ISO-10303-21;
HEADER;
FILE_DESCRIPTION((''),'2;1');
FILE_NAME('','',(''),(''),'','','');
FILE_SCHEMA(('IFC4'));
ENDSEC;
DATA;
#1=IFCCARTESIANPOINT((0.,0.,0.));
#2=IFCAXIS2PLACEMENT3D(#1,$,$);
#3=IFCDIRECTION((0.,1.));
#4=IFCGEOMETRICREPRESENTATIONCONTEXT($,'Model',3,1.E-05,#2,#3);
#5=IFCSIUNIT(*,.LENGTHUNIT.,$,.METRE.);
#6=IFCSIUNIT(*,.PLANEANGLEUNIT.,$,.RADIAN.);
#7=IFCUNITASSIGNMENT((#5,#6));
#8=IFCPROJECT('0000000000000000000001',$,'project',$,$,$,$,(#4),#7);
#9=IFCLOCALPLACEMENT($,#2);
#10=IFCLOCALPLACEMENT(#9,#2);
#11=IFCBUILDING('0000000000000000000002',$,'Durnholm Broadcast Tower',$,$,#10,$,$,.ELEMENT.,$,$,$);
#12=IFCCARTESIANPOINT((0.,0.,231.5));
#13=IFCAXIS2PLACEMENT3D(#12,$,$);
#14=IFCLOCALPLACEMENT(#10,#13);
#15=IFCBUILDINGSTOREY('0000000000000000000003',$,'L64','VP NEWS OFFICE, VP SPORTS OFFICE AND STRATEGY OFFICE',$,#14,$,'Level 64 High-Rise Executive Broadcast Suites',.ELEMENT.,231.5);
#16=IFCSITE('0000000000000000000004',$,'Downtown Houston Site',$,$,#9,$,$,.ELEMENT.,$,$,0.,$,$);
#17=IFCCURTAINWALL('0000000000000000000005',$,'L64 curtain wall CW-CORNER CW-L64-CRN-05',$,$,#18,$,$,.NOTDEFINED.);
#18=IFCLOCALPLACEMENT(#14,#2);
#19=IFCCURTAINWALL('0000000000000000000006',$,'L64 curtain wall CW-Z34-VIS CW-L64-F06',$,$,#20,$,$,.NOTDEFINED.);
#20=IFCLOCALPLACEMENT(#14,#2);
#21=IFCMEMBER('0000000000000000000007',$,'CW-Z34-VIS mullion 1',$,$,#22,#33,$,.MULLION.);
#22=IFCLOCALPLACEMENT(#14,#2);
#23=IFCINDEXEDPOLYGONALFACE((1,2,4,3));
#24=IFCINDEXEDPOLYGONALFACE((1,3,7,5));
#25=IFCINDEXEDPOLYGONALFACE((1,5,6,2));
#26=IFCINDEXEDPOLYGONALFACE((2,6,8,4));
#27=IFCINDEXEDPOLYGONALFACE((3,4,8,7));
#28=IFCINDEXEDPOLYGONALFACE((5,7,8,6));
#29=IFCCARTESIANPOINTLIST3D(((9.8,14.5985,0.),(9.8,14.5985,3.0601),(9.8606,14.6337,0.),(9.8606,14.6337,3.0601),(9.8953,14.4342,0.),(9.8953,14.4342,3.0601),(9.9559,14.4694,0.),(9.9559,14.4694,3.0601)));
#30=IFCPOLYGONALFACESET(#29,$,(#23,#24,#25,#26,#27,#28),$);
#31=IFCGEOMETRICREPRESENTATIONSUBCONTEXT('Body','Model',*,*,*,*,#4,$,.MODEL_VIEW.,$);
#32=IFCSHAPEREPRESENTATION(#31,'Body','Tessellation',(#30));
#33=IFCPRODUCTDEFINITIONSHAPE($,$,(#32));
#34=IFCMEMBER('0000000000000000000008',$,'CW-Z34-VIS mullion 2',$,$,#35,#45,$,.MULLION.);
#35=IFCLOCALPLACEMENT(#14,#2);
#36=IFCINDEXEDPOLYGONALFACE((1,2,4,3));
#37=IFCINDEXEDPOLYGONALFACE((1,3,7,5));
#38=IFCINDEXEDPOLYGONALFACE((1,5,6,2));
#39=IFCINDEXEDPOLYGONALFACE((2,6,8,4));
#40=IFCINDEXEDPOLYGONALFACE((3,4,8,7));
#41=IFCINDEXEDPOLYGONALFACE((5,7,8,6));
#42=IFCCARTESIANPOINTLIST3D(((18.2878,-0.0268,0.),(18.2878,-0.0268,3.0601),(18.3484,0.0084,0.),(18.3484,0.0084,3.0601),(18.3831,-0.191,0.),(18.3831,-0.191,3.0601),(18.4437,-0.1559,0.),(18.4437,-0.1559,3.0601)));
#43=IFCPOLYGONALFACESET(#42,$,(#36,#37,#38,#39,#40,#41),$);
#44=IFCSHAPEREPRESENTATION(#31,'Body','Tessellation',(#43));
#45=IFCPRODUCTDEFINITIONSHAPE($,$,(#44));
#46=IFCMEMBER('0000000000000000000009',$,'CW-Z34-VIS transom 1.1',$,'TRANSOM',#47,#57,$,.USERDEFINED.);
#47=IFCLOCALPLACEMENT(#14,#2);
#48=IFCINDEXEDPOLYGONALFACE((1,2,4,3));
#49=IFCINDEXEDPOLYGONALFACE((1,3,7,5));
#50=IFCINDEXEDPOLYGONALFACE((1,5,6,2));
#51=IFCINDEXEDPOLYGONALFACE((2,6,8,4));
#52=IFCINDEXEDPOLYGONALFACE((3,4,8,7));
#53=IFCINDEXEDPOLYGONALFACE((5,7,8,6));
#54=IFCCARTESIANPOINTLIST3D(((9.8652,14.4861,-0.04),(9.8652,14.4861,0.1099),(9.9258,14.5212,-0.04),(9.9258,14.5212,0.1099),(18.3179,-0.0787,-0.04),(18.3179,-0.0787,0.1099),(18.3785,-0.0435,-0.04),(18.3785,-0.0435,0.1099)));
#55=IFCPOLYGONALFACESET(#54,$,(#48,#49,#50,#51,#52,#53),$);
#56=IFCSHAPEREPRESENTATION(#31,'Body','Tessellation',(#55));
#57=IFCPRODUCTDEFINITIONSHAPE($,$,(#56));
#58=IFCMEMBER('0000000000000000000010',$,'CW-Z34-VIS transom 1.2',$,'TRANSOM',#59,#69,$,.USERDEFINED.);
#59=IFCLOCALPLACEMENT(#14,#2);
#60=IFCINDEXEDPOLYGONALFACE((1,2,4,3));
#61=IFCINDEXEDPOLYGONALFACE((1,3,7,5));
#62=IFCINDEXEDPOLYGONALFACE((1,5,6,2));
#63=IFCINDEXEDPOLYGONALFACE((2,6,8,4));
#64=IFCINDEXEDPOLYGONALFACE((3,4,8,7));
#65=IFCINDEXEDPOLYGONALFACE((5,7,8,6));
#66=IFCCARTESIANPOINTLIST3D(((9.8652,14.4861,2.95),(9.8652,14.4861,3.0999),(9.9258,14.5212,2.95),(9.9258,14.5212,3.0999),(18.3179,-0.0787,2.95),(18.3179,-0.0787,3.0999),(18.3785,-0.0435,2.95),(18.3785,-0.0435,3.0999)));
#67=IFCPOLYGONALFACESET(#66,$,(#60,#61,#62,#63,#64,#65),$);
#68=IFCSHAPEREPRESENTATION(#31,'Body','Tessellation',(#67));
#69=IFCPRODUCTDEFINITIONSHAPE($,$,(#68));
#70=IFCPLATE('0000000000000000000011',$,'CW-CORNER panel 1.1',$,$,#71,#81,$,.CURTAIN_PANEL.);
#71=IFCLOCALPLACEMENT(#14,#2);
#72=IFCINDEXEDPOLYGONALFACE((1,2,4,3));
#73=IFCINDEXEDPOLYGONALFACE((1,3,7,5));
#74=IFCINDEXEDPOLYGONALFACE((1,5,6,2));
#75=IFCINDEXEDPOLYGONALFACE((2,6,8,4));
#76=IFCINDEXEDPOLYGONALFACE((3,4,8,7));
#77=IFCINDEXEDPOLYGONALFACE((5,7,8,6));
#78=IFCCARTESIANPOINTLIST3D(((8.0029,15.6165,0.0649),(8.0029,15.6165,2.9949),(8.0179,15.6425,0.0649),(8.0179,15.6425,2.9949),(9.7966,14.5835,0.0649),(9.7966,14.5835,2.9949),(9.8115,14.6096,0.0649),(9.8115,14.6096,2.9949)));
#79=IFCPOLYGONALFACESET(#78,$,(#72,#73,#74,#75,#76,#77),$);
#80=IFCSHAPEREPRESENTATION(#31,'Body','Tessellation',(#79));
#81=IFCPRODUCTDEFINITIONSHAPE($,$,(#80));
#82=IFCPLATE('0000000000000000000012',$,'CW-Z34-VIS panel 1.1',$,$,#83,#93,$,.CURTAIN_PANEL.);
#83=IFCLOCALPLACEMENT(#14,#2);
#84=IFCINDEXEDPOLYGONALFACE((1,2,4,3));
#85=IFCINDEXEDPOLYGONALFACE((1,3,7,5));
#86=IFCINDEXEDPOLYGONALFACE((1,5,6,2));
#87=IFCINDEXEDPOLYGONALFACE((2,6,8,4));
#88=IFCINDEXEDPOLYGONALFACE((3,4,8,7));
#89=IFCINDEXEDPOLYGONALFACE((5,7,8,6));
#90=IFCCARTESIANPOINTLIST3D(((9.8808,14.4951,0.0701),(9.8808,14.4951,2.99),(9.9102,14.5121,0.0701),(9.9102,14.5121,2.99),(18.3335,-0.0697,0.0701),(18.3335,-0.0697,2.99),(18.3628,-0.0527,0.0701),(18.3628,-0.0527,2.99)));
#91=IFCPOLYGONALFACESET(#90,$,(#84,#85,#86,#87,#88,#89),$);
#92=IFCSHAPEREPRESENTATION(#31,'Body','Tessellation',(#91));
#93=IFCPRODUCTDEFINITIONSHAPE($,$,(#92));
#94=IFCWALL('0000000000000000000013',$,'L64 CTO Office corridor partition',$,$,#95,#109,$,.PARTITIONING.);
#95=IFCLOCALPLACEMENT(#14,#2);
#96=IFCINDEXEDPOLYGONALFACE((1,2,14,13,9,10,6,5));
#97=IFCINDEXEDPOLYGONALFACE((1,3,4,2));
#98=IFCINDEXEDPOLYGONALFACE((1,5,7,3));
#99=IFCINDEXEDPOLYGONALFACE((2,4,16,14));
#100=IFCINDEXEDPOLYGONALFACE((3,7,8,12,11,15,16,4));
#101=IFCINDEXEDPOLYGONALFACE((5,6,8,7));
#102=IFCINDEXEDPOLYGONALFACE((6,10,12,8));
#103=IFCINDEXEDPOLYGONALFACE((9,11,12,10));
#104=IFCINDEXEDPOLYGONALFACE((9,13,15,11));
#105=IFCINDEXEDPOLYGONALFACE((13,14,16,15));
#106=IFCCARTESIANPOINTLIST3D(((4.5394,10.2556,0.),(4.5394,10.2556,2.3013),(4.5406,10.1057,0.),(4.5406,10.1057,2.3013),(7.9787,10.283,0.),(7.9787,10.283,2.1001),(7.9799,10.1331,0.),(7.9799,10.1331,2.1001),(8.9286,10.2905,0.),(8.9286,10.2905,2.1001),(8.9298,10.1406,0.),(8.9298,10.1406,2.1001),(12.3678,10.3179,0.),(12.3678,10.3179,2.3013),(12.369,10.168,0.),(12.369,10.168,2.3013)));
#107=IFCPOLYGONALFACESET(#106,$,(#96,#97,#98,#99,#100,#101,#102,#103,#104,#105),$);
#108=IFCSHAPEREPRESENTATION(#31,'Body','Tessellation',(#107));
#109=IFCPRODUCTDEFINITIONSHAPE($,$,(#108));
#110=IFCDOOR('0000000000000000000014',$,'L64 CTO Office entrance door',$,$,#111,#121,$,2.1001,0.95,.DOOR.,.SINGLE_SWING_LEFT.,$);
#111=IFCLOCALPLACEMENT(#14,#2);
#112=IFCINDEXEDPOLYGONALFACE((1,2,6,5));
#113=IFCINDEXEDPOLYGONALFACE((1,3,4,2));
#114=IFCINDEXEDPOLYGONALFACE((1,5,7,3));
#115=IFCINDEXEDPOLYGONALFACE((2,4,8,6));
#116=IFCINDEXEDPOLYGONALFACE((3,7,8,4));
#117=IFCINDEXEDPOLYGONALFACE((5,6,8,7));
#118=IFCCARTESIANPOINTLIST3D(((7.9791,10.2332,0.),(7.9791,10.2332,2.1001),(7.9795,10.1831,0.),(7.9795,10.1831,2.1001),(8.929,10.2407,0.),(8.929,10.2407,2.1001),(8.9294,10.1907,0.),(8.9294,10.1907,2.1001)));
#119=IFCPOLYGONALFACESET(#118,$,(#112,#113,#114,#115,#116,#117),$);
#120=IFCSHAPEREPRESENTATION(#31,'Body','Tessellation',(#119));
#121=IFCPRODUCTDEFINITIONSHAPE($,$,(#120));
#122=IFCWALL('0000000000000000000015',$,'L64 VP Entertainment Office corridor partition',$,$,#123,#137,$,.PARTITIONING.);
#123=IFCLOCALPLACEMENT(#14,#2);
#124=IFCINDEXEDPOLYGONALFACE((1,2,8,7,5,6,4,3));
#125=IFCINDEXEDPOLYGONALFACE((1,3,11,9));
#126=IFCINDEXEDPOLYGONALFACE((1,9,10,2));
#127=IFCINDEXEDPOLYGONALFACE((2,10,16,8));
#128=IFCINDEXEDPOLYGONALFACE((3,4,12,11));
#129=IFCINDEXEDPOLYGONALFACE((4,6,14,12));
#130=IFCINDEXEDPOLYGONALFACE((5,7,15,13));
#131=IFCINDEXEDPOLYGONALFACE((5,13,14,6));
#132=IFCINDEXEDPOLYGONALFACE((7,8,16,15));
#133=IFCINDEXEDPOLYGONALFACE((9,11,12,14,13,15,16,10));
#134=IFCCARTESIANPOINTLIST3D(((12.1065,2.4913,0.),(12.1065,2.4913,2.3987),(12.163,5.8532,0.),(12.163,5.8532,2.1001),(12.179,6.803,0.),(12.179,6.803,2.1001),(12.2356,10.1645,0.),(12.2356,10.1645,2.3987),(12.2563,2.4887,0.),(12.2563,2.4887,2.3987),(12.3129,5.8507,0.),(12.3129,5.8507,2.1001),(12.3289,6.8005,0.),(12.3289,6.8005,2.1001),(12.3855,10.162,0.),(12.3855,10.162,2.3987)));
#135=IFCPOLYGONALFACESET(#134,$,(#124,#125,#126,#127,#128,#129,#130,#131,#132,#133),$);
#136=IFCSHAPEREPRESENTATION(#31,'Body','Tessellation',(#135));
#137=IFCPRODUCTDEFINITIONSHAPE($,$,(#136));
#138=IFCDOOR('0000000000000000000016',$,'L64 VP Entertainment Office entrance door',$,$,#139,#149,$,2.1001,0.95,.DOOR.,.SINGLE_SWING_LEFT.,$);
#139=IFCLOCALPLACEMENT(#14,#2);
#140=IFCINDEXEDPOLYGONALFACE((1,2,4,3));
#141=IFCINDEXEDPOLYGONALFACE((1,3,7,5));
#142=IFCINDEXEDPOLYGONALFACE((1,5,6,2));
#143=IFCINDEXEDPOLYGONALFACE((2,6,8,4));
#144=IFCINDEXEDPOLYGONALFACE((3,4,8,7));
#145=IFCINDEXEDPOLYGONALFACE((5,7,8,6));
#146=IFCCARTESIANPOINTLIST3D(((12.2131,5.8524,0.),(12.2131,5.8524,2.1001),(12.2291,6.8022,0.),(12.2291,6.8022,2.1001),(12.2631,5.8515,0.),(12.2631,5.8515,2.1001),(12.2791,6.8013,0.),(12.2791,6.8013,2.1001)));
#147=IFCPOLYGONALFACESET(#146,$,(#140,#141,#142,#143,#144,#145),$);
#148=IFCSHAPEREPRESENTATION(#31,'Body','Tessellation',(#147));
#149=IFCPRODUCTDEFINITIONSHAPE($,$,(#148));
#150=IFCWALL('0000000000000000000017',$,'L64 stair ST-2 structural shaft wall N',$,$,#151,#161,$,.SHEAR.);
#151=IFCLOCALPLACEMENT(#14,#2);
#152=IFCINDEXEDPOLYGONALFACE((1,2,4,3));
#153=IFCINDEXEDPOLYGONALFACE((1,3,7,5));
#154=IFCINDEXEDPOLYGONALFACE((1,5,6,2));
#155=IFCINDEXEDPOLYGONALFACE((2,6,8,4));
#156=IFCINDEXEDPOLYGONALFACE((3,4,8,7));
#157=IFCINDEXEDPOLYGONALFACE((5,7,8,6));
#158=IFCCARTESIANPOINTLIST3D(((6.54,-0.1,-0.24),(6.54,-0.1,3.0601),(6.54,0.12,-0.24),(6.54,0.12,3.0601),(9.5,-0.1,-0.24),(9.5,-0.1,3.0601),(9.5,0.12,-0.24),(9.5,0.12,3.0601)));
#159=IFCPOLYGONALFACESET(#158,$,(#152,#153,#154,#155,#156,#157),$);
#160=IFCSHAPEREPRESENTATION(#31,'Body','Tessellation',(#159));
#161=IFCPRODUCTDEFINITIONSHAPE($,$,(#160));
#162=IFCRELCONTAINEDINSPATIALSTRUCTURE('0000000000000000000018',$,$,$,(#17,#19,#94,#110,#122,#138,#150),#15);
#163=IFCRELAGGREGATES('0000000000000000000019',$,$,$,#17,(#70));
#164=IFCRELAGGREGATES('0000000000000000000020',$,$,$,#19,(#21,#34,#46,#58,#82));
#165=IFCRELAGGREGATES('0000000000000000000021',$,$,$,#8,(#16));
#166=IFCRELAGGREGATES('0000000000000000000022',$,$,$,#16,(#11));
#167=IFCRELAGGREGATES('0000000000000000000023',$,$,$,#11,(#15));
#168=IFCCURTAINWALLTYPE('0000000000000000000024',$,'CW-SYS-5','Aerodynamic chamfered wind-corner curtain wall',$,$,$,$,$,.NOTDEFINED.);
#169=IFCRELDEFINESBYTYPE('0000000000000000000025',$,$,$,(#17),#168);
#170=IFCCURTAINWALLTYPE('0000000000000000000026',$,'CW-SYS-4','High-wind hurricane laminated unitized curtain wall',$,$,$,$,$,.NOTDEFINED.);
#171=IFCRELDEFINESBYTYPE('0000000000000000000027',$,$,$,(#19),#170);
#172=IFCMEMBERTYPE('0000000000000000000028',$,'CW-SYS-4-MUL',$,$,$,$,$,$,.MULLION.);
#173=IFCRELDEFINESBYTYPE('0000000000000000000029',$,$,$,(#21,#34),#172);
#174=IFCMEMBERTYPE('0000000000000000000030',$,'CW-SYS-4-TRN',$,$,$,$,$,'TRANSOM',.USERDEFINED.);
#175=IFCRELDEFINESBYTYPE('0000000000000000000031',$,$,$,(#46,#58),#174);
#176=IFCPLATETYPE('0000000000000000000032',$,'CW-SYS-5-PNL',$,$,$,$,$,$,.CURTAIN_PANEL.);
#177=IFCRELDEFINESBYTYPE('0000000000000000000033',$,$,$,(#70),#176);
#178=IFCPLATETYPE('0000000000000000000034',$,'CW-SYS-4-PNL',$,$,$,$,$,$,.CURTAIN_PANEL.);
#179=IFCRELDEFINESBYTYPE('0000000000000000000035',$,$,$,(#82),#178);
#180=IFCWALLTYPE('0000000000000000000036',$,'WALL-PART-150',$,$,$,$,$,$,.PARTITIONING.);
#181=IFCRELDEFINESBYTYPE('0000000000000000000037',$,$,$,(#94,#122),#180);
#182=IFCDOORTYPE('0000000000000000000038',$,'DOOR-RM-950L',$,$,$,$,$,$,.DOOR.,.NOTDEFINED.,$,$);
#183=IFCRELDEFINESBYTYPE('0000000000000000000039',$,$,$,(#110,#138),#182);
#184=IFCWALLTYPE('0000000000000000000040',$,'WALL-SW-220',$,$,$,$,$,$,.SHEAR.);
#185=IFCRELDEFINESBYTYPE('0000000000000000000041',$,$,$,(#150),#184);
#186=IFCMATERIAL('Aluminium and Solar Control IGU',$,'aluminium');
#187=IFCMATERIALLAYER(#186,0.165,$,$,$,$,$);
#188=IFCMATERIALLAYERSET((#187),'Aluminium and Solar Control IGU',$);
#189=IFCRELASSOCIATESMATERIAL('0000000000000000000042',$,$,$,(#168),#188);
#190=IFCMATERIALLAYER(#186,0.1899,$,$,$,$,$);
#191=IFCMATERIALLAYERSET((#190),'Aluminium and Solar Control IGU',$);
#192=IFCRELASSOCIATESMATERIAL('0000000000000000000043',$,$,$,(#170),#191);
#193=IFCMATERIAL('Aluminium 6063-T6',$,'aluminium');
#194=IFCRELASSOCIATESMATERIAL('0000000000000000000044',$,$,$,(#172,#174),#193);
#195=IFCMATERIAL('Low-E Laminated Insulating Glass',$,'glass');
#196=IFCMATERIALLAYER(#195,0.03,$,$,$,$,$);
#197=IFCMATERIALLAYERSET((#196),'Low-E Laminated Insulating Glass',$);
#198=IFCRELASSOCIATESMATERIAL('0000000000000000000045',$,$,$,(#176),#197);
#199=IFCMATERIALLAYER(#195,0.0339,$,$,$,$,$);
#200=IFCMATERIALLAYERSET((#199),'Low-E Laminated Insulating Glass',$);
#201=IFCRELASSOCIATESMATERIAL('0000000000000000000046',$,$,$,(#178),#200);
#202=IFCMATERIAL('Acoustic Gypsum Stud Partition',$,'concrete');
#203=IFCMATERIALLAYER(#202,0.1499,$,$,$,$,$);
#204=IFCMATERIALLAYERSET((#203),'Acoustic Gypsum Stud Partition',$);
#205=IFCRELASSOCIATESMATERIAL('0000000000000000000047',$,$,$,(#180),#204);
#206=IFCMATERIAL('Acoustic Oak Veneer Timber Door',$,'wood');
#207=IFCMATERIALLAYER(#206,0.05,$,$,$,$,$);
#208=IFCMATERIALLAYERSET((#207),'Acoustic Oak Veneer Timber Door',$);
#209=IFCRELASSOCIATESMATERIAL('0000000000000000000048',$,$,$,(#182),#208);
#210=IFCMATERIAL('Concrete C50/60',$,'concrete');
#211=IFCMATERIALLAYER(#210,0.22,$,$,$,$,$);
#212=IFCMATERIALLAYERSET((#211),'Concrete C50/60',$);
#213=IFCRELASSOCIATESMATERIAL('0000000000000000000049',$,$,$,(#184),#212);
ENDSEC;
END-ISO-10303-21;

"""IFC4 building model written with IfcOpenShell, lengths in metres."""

from ifc_helpers import new_model, si_unit, direction, frame, frame_2d, origin, origin_2d, place, context, subcontext, project, spatial, rectangle, extrude, source, transform, mapped, material, layer, layer_set, material_profile, profile_set, type_object, type_shapes, element, fill, aggregate, save


model = new_model("IFC4")

# Units and contexts
model_context = context("Model", 3, precision=1e-05, world=origin(), true_north=direction((0.0, 1.0)))
body_context = subcontext(model_context, "Body", "Model", "MODEL_VIEW")
ifc_project = project(units=[si_unit("LENGTHUNIT", "METRE"), si_unit("PLANEANGLEUNIT", "RADIAN")], contexts=[model_context])

# Site, building, storey
site_placement = place(None, origin())
site = spatial("IfcSite", under=ifc_project, at=site_placement, Name="Downtown Houston Site", CompositionType="ELEMENT", RefElevation=0.0)
building_placement = place(site_placement, origin())
building = spatial("IfcBuilding", under=site, at=building_placement, Name="Durnholm Broadcast Tower", CompositionType="ELEMENT")
storey_placement = place(building_placement, frame((0.0, 0.0, 231.5)))
storey = spatial("IfcBuildingStorey", under=building, at=storey_placement, Name="L64", Description="VP NEWS OFFICE, VP SPORTS OFFICE AND STRATEGY OFFICE", LongName="Level 64 High-Rise Executive Broadcast Suites", CompositionType="ELEMENT", Elevation=231.5)

# Curtain wall
ifc_material_1 = material(Name="Aluminium and Solar Control IGU", Category="aluminium")
ifc_layer_1 = layer(ifc_material_1, 0.165)
ifc_layer_set_1 = layer_set([ifc_layer_1], Name="Aluminium and Solar Control IGU")
curtain_wall_type_1 = type_object("IfcCurtainWallType", Name="CW-SYS-5", Description="Aerodynamic chamfered wind-corner curtain wall", PredefinedType="NOTDEFINED", material=ifc_layer_set_1)
curtain_wall_1_placement = place(storey_placement, origin())
curtain_wall_1 = element("IfcCurtainWall", 1, at=curtain_wall_1_placement, inside=storey, type_object=curtain_wall_type_1, Name="L64 curtain wall CW-CORNER CW-L64-CRN-05", PredefinedType="NOTDEFINED")
ifc_material_2 = material(Name="Aluminium 6063-T6", Category="aluminium")

# Curtain wall, members
ifc_layer_2 = layer(ifc_material_1, 0.1899)
ifc_layer_set_2 = layer_set([ifc_layer_2], Name="Aluminium and Solar Control IGU")
curtain_wall_type_2 = type_object("IfcCurtainWallType", Name="CW-SYS-4", Description="High-wind hurricane laminated unitized curtain wall", PredefinedType="NOTDEFINED", material=ifc_layer_set_2)
curtain_wall_2_placement = place(storey_placement, origin())
curtain_wall_2 = element("IfcCurtainWall", 2, at=curtain_wall_2_placement, inside=storey, type_object=curtain_wall_type_2, Name="L64 curtain wall CW-Z34-VIS CW-L64-F06", PredefinedType="NOTDEFINED")
ifc_material_profile_1 = material_profile(ifc_material_2, rectangle(XDim=0.0701, YDim=0.1899, at=origin_2d()), Name="CWM70X190")
ifc_profile_set_1 = profile_set([ifc_material_profile_1], Name="Aluminium 6063-T6")
member_type_1 = type_object("IfcMemberType", Name="CW-SYS-4-MUL", PredefinedType="MULLION", material=ifc_profile_set_1)
shared_shape_1 = source(origin(), body_context, "Body", "SweptSolid", [
    extrude(rectangle(XDim=0.0701, YDim=0.1899, at=origin_2d()), origin(), (0.0, 0.0, 1.0), 3.0601),
])
type_shapes(member_type_1, [shared_shape_1])
member_1_placement = place(storey_placement, frame((9.8779, 14.5339, 0.0), z_axis=(0.0, 0.0, 1.0), x_axis=(0.8649, 0.501944, 0.0)))
member_1 = element("IfcMember", 3, at=member_1_placement, type_object=member_type_1, Name="CW-Z34-VIS mullion 1", PredefinedType="MULLION", context=body_context, shape_type="MappedRepresentation", body=[
    mapped(shared_shape_1, transform((0.0, 0.0, 0.0), x_axis=(1.0, 0.0, 0.0), y_axis=(0.0, 1.0, 0.0), z_axis=(0.0, 0.0, 1.0), scale=1.0)),
])
member_2_placement = place(storey_placement, frame((18.3657, -0.0913, 0.0), z_axis=(0.0, 0.0, 1.0), x_axis=(0.8649, 0.501944, 0.0)))
member_2 = element("IfcMember", 4, at=member_2_placement, type_object=member_type_1, Name="CW-Z34-VIS mullion 2", PredefinedType="MULLION", context=body_context, shape_type="MappedRepresentation", body=[
    mapped(shared_shape_1, transform((0.0, 0.0, 0.0), x_axis=(1.0, 0.0, 0.0), y_axis=(0.0, 1.0, 0.0), z_axis=(0.0, 0.0, 1.0), scale=1.0)),
])
ifc_material_profile_2 = material_profile(ifc_material_2, rectangle(XDim=0.0701, YDim=0.1499, at=origin_2d()), Name="CWT70X150")
ifc_profile_set_2 = profile_set([ifc_material_profile_2], Name="Aluminium 6063-T6")
member_type_2 = type_object("IfcMemberType", Name="CW-SYS-4-TRN", ElementType="TRANSOM", PredefinedType="USERDEFINED", material=ifc_profile_set_2)
shared_shape_2 = source(origin(), body_context, "Body", "SweptSolid", [
    extrude(rectangle(XDim=0.0701, YDim=0.1499, at=origin_2d()), origin(), (0.0, 0.0, 1.0), 16.8398),
])
type_shapes(member_type_2, [shared_shape_2])
member_3_placement = place(storey_placement, frame((9.8955, 14.5037, 0.0349), z_axis=(0.501945, -0.864899, 0.0), x_axis=(0.864899, 0.501945, 0.0)))
member_3 = element("IfcMember", 5, at=member_3_placement, type_object=member_type_2, Name="CW-Z34-VIS transom 1.1", ObjectType="TRANSOM", PredefinedType="USERDEFINED", context=body_context, shape_type="MappedRepresentation", body=[
    mapped(shared_shape_2, transform((0.0, 0.0, 0.0), x_axis=(1.0, 0.0, 0.0), y_axis=(0.0, 1.0, 0.0), z_axis=(0.0, 0.0, 1.0), scale=1.0)),
])
member_4_placement = place(storey_placement, frame((9.8955, 14.5037, 3.0249), z_axis=(0.501945, -0.864899, 0.0), x_axis=(0.864899, 0.501945, 0.0)))
member_4 = element("IfcMember", 6, at=member_4_placement, type_object=member_type_2, Name="CW-Z34-VIS transom 1.2", ObjectType="TRANSOM", PredefinedType="USERDEFINED", context=body_context, shape_type="MappedRepresentation", body=[
    mapped(shared_shape_2, transform((0.0, 0.0, 0.0), x_axis=(1.0, 0.0, 0.0), y_axis=(0.0, 1.0, 0.0), z_axis=(0.0, 0.0, 1.0), scale=1.0)),
])

# Plates
ifc_material_3 = material(Name="Low-E Laminated Insulating Glass", Category="glass")
ifc_layer_3 = layer(ifc_material_3, 0.03)
ifc_layer_set_3 = layer_set([ifc_layer_3], Name="Low-E Laminated Insulating Glass")
plate_type_1 = type_object("IfcPlateType", Name="CW-SYS-5-PNL", PredefinedType="CURTAIN_PANEL", material=ifc_layer_set_3)
shared_shape_3 = source(origin(), body_context, "Body", "SweptSolid", [
    extrude(rectangle(XDim=2.0698, YDim=0.03, at=origin_2d()), origin(), (0.0, 0.0, 1.0), 2.9299),
])
type_shapes(plate_type_1, [shared_shape_3])
plate_1_placement = place(storey_placement, frame((8.9072, 15.113, 0.0649), z_axis=(0.0, 0.0, 1.0), x_axis=(0.866568, -0.499059, 0.0)))
plate_1 = element("IfcPlate", 7, at=plate_1_placement, type_object=plate_type_1, Name="CW-CORNER panel 1.1", PredefinedType="CURTAIN_PANEL", context=body_context, shape_type="MappedRepresentation", body=[
    mapped(shared_shape_3, transform((0.0, 0.0, 0.0), x_axis=(1.0, 0.0, 0.0), y_axis=(0.0, 1.0, 0.0), z_axis=(0.0, 0.0, 1.0), scale=1.0)),
])
aggregate(curtain_wall_1, [plate_1])
ifc_layer_4 = layer(ifc_material_3, 0.0339)
ifc_layer_set_4 = layer_set([ifc_layer_4], Name="Low-E Laminated Insulating Glass")
plate_type_2 = type_object("IfcPlateType", Name="CW-SYS-4-PNL", PredefinedType="CURTAIN_PANEL", material=ifc_layer_set_4)
shared_shape_4 = source(origin(), body_context, "Body", "SweptSolid", [
    extrude(rectangle(XDim=16.8398, YDim=0.0339, at=origin_2d()), origin(), (0.0, 0.0, 1.0), 2.9199),
])
type_shapes(plate_type_2, [shared_shape_4])
plate_2_placement = place(storey_placement, frame((14.1218, 7.2212, 0.0701), z_axis=(0.0, 0.0, 1.0), x_axis=(0.501944, -0.8649, 0.0)))
plate_2 = element("IfcPlate", 8, at=plate_2_placement, type_object=plate_type_2, Name="CW-Z34-VIS panel 1.1", PredefinedType="CURTAIN_PANEL", context=body_context, shape_type="MappedRepresentation", body=[
    mapped(shared_shape_4, transform((0.0, 0.0, 0.0), x_axis=(1.0, 0.0, 0.0), y_axis=(0.0, 1.0, 0.0), z_axis=(0.0, 0.0, 1.0), scale=1.0)),
])
aggregate(curtain_wall_2, [member_1, member_2, member_3, member_4, plate_2])

# Walls, openings, doors
ifc_material_4 = material(Name="Acoustic Gypsum Stud Partition", Category="concrete")
ifc_layer_5 = layer(ifc_material_4, 0.1499)
ifc_layer_set_5 = layer_set([ifc_layer_5], Name="Acoustic Gypsum Stud Partition")
wall_type_1 = type_object("IfcWallType", Name="WALL-PART-150", PredefinedType="PARTITIONING", material=ifc_layer_set_5)
wall_1_placement = place(storey_placement, frame((12.3684, 10.2429, 0.0), z_axis=(0.0, 0.0, 1.0), x_axis=(-0.999968, -0.007952, 0.0)))
wall_1 = element("IfcWall", 9, at=wall_1_placement, inside=storey, type_object=wall_type_1, Name="L64 CTO Office corridor partition", PredefinedType="PARTITIONING", context=body_context, shape_type="SweptSolid", body=[
    extrude(rectangle(XDim=7.8286, YDim=0.1499, at=frame_2d((3.9143, 0.0))), origin(), (0.0, 0.0, 1.0), 2.3013),
])
opening_1_placement = place(wall_1_placement, frame((3.4392, 0.0, 0.0)))
opening_1 = element("IfcOpeningElement", 10, at=opening_1_placement, cuts=wall_1, PredefinedType="OPENING", context=body_context, shape_type="SweptSolid", body=[
    extrude(rectangle(XDim=0.95, YDim=2.1001, at=frame_2d((0.4751, 1.05))), frame((0.0, 0.085, 0.0), z_axis=(0.0, -1.0, 0.0), x_axis=(1.0, 0.0, 0.0)), (0.0, 0.0, 1.0), 0.1699),
])
ifc_material_5 = material(Name="Acoustic Oak Veneer Timber Door", Category="wood")
ifc_layer_6 = layer(ifc_material_5, 0.05)
ifc_layer_set_6 = layer_set([ifc_layer_6], Name="Acoustic Oak Veneer Timber Door")
door_type = type_object("IfcDoorType", Name="DOOR-RM-950L", OperationType="NOTDEFINED", PredefinedType="DOOR", material=ifc_layer_set_6)
shared_shape_5 = source(origin(), body_context, "Body", "SweptSolid", [
    extrude(rectangle(XDim=0.95, YDim=2.1001, at=frame_2d((0.4751, 1.05))), frame((0.0, 0.0249, 0.0), z_axis=(0.0, -1.0, 0.0), x_axis=(1.0, 0.0, 0.0)), (0.0, 0.0, 1.0), 0.05),
])
type_shapes(door_type, [shared_shape_5])
door_1_placement = place(opening_1_placement, origin())
door_1 = element("IfcDoor", 11, at=door_1_placement, inside=storey, type_object=door_type, Name="L64 CTO Office entrance door", OperationType="SINGLE_SWING_LEFT", OverallHeight=2.1001, OverallWidth=0.95, PredefinedType="DOOR", context=body_context, shape_type="MappedRepresentation", body=[
    mapped(shared_shape_5, transform((0.0, 0.0, 0.0), x_axis=(1.0, 0.0, 0.0), y_axis=(0.0, 1.0, 0.0), z_axis=(0.0, 0.0, 1.0), scale=1.0)),
])
fill(opening_1, door_1)
wall_2_placement = place(storey_placement, frame((12.1814, 2.49, 0.0), z_axis=(0.0, 0.0, 1.0), x_axis=(0.016829, 0.999858, 0.0)))
wall_2 = element("IfcWall", 12, at=wall_2_placement, inside=storey, type_object=wall_type_1, Name="L64 VP Entertainment Office corridor partition", PredefinedType="PARTITIONING", context=body_context, shape_type="SweptSolid", body=[
    extrude(rectangle(XDim=7.6743, YDim=0.1499, at=frame_2d((3.8372, 0.0))), origin(), (0.0, 0.0, 1.0), 2.3987),
])
opening_2_placement = place(wall_2_placement, frame((3.3623, 0.0, 0.0)))
opening_2 = element("IfcOpeningElement", 13, at=opening_2_placement, cuts=wall_2, PredefinedType="OPENING", context=body_context, shape_type="SweptSolid", body=[
    extrude(rectangle(XDim=0.95, YDim=2.1001, at=frame_2d((0.4751, 1.05))), frame((0.0, 0.085, 0.0), z_axis=(0.0, -1.0, 0.0), x_axis=(1.0, 0.0, 0.0)), (0.0, 0.0, 1.0), 0.1699),
])
door_2_placement = place(opening_2_placement, origin())
door_2 = element("IfcDoor", 14, at=door_2_placement, inside=storey, type_object=door_type, Name="L64 VP Entertainment Office entrance door", OperationType="SINGLE_SWING_LEFT", OverallHeight=2.1001, OverallWidth=0.95, PredefinedType="DOOR", context=body_context, shape_type="MappedRepresentation", body=[
    mapped(shared_shape_5, transform((0.0, 0.0, 0.0), x_axis=(1.0, 0.0, 0.0), y_axis=(0.0, 1.0, 0.0), z_axis=(0.0, 0.0, 1.0), scale=1.0)),
])
fill(opening_2, door_2)

# Wall
ifc_material_6 = material(Name="Concrete C50/60", Category="concrete")
ifc_layer_7 = layer(ifc_material_6, 0.22)
ifc_layer_set_7 = layer_set([ifc_layer_7], Name="Concrete C50/60")
wall_type_2 = type_object("IfcWallType", Name="WALL-SW-220", PredefinedType="SHEAR", material=ifc_layer_set_7)
wall_3_placement = place(storey_placement, frame((9.5, 0.01, -0.24), z_axis=(0.0, 0.0, 1.0), x_axis=(-1.0, 0.0, 0.0)))
element("IfcWall", 15, at=wall_3_placement, inside=storey, type_object=wall_type_2, Name="L64 stair ST-2 structural shaft wall N", PredefinedType="SHEAR", context=body_context, shape_type="SweptSolid", body=[
    extrude(rectangle(XDim=2.96, YDim=0.22, at=frame_2d((1.48, 0.0))), origin(), (0.0, 0.0, 1.0), 3.3),
])

save(model, "model.ifc")
